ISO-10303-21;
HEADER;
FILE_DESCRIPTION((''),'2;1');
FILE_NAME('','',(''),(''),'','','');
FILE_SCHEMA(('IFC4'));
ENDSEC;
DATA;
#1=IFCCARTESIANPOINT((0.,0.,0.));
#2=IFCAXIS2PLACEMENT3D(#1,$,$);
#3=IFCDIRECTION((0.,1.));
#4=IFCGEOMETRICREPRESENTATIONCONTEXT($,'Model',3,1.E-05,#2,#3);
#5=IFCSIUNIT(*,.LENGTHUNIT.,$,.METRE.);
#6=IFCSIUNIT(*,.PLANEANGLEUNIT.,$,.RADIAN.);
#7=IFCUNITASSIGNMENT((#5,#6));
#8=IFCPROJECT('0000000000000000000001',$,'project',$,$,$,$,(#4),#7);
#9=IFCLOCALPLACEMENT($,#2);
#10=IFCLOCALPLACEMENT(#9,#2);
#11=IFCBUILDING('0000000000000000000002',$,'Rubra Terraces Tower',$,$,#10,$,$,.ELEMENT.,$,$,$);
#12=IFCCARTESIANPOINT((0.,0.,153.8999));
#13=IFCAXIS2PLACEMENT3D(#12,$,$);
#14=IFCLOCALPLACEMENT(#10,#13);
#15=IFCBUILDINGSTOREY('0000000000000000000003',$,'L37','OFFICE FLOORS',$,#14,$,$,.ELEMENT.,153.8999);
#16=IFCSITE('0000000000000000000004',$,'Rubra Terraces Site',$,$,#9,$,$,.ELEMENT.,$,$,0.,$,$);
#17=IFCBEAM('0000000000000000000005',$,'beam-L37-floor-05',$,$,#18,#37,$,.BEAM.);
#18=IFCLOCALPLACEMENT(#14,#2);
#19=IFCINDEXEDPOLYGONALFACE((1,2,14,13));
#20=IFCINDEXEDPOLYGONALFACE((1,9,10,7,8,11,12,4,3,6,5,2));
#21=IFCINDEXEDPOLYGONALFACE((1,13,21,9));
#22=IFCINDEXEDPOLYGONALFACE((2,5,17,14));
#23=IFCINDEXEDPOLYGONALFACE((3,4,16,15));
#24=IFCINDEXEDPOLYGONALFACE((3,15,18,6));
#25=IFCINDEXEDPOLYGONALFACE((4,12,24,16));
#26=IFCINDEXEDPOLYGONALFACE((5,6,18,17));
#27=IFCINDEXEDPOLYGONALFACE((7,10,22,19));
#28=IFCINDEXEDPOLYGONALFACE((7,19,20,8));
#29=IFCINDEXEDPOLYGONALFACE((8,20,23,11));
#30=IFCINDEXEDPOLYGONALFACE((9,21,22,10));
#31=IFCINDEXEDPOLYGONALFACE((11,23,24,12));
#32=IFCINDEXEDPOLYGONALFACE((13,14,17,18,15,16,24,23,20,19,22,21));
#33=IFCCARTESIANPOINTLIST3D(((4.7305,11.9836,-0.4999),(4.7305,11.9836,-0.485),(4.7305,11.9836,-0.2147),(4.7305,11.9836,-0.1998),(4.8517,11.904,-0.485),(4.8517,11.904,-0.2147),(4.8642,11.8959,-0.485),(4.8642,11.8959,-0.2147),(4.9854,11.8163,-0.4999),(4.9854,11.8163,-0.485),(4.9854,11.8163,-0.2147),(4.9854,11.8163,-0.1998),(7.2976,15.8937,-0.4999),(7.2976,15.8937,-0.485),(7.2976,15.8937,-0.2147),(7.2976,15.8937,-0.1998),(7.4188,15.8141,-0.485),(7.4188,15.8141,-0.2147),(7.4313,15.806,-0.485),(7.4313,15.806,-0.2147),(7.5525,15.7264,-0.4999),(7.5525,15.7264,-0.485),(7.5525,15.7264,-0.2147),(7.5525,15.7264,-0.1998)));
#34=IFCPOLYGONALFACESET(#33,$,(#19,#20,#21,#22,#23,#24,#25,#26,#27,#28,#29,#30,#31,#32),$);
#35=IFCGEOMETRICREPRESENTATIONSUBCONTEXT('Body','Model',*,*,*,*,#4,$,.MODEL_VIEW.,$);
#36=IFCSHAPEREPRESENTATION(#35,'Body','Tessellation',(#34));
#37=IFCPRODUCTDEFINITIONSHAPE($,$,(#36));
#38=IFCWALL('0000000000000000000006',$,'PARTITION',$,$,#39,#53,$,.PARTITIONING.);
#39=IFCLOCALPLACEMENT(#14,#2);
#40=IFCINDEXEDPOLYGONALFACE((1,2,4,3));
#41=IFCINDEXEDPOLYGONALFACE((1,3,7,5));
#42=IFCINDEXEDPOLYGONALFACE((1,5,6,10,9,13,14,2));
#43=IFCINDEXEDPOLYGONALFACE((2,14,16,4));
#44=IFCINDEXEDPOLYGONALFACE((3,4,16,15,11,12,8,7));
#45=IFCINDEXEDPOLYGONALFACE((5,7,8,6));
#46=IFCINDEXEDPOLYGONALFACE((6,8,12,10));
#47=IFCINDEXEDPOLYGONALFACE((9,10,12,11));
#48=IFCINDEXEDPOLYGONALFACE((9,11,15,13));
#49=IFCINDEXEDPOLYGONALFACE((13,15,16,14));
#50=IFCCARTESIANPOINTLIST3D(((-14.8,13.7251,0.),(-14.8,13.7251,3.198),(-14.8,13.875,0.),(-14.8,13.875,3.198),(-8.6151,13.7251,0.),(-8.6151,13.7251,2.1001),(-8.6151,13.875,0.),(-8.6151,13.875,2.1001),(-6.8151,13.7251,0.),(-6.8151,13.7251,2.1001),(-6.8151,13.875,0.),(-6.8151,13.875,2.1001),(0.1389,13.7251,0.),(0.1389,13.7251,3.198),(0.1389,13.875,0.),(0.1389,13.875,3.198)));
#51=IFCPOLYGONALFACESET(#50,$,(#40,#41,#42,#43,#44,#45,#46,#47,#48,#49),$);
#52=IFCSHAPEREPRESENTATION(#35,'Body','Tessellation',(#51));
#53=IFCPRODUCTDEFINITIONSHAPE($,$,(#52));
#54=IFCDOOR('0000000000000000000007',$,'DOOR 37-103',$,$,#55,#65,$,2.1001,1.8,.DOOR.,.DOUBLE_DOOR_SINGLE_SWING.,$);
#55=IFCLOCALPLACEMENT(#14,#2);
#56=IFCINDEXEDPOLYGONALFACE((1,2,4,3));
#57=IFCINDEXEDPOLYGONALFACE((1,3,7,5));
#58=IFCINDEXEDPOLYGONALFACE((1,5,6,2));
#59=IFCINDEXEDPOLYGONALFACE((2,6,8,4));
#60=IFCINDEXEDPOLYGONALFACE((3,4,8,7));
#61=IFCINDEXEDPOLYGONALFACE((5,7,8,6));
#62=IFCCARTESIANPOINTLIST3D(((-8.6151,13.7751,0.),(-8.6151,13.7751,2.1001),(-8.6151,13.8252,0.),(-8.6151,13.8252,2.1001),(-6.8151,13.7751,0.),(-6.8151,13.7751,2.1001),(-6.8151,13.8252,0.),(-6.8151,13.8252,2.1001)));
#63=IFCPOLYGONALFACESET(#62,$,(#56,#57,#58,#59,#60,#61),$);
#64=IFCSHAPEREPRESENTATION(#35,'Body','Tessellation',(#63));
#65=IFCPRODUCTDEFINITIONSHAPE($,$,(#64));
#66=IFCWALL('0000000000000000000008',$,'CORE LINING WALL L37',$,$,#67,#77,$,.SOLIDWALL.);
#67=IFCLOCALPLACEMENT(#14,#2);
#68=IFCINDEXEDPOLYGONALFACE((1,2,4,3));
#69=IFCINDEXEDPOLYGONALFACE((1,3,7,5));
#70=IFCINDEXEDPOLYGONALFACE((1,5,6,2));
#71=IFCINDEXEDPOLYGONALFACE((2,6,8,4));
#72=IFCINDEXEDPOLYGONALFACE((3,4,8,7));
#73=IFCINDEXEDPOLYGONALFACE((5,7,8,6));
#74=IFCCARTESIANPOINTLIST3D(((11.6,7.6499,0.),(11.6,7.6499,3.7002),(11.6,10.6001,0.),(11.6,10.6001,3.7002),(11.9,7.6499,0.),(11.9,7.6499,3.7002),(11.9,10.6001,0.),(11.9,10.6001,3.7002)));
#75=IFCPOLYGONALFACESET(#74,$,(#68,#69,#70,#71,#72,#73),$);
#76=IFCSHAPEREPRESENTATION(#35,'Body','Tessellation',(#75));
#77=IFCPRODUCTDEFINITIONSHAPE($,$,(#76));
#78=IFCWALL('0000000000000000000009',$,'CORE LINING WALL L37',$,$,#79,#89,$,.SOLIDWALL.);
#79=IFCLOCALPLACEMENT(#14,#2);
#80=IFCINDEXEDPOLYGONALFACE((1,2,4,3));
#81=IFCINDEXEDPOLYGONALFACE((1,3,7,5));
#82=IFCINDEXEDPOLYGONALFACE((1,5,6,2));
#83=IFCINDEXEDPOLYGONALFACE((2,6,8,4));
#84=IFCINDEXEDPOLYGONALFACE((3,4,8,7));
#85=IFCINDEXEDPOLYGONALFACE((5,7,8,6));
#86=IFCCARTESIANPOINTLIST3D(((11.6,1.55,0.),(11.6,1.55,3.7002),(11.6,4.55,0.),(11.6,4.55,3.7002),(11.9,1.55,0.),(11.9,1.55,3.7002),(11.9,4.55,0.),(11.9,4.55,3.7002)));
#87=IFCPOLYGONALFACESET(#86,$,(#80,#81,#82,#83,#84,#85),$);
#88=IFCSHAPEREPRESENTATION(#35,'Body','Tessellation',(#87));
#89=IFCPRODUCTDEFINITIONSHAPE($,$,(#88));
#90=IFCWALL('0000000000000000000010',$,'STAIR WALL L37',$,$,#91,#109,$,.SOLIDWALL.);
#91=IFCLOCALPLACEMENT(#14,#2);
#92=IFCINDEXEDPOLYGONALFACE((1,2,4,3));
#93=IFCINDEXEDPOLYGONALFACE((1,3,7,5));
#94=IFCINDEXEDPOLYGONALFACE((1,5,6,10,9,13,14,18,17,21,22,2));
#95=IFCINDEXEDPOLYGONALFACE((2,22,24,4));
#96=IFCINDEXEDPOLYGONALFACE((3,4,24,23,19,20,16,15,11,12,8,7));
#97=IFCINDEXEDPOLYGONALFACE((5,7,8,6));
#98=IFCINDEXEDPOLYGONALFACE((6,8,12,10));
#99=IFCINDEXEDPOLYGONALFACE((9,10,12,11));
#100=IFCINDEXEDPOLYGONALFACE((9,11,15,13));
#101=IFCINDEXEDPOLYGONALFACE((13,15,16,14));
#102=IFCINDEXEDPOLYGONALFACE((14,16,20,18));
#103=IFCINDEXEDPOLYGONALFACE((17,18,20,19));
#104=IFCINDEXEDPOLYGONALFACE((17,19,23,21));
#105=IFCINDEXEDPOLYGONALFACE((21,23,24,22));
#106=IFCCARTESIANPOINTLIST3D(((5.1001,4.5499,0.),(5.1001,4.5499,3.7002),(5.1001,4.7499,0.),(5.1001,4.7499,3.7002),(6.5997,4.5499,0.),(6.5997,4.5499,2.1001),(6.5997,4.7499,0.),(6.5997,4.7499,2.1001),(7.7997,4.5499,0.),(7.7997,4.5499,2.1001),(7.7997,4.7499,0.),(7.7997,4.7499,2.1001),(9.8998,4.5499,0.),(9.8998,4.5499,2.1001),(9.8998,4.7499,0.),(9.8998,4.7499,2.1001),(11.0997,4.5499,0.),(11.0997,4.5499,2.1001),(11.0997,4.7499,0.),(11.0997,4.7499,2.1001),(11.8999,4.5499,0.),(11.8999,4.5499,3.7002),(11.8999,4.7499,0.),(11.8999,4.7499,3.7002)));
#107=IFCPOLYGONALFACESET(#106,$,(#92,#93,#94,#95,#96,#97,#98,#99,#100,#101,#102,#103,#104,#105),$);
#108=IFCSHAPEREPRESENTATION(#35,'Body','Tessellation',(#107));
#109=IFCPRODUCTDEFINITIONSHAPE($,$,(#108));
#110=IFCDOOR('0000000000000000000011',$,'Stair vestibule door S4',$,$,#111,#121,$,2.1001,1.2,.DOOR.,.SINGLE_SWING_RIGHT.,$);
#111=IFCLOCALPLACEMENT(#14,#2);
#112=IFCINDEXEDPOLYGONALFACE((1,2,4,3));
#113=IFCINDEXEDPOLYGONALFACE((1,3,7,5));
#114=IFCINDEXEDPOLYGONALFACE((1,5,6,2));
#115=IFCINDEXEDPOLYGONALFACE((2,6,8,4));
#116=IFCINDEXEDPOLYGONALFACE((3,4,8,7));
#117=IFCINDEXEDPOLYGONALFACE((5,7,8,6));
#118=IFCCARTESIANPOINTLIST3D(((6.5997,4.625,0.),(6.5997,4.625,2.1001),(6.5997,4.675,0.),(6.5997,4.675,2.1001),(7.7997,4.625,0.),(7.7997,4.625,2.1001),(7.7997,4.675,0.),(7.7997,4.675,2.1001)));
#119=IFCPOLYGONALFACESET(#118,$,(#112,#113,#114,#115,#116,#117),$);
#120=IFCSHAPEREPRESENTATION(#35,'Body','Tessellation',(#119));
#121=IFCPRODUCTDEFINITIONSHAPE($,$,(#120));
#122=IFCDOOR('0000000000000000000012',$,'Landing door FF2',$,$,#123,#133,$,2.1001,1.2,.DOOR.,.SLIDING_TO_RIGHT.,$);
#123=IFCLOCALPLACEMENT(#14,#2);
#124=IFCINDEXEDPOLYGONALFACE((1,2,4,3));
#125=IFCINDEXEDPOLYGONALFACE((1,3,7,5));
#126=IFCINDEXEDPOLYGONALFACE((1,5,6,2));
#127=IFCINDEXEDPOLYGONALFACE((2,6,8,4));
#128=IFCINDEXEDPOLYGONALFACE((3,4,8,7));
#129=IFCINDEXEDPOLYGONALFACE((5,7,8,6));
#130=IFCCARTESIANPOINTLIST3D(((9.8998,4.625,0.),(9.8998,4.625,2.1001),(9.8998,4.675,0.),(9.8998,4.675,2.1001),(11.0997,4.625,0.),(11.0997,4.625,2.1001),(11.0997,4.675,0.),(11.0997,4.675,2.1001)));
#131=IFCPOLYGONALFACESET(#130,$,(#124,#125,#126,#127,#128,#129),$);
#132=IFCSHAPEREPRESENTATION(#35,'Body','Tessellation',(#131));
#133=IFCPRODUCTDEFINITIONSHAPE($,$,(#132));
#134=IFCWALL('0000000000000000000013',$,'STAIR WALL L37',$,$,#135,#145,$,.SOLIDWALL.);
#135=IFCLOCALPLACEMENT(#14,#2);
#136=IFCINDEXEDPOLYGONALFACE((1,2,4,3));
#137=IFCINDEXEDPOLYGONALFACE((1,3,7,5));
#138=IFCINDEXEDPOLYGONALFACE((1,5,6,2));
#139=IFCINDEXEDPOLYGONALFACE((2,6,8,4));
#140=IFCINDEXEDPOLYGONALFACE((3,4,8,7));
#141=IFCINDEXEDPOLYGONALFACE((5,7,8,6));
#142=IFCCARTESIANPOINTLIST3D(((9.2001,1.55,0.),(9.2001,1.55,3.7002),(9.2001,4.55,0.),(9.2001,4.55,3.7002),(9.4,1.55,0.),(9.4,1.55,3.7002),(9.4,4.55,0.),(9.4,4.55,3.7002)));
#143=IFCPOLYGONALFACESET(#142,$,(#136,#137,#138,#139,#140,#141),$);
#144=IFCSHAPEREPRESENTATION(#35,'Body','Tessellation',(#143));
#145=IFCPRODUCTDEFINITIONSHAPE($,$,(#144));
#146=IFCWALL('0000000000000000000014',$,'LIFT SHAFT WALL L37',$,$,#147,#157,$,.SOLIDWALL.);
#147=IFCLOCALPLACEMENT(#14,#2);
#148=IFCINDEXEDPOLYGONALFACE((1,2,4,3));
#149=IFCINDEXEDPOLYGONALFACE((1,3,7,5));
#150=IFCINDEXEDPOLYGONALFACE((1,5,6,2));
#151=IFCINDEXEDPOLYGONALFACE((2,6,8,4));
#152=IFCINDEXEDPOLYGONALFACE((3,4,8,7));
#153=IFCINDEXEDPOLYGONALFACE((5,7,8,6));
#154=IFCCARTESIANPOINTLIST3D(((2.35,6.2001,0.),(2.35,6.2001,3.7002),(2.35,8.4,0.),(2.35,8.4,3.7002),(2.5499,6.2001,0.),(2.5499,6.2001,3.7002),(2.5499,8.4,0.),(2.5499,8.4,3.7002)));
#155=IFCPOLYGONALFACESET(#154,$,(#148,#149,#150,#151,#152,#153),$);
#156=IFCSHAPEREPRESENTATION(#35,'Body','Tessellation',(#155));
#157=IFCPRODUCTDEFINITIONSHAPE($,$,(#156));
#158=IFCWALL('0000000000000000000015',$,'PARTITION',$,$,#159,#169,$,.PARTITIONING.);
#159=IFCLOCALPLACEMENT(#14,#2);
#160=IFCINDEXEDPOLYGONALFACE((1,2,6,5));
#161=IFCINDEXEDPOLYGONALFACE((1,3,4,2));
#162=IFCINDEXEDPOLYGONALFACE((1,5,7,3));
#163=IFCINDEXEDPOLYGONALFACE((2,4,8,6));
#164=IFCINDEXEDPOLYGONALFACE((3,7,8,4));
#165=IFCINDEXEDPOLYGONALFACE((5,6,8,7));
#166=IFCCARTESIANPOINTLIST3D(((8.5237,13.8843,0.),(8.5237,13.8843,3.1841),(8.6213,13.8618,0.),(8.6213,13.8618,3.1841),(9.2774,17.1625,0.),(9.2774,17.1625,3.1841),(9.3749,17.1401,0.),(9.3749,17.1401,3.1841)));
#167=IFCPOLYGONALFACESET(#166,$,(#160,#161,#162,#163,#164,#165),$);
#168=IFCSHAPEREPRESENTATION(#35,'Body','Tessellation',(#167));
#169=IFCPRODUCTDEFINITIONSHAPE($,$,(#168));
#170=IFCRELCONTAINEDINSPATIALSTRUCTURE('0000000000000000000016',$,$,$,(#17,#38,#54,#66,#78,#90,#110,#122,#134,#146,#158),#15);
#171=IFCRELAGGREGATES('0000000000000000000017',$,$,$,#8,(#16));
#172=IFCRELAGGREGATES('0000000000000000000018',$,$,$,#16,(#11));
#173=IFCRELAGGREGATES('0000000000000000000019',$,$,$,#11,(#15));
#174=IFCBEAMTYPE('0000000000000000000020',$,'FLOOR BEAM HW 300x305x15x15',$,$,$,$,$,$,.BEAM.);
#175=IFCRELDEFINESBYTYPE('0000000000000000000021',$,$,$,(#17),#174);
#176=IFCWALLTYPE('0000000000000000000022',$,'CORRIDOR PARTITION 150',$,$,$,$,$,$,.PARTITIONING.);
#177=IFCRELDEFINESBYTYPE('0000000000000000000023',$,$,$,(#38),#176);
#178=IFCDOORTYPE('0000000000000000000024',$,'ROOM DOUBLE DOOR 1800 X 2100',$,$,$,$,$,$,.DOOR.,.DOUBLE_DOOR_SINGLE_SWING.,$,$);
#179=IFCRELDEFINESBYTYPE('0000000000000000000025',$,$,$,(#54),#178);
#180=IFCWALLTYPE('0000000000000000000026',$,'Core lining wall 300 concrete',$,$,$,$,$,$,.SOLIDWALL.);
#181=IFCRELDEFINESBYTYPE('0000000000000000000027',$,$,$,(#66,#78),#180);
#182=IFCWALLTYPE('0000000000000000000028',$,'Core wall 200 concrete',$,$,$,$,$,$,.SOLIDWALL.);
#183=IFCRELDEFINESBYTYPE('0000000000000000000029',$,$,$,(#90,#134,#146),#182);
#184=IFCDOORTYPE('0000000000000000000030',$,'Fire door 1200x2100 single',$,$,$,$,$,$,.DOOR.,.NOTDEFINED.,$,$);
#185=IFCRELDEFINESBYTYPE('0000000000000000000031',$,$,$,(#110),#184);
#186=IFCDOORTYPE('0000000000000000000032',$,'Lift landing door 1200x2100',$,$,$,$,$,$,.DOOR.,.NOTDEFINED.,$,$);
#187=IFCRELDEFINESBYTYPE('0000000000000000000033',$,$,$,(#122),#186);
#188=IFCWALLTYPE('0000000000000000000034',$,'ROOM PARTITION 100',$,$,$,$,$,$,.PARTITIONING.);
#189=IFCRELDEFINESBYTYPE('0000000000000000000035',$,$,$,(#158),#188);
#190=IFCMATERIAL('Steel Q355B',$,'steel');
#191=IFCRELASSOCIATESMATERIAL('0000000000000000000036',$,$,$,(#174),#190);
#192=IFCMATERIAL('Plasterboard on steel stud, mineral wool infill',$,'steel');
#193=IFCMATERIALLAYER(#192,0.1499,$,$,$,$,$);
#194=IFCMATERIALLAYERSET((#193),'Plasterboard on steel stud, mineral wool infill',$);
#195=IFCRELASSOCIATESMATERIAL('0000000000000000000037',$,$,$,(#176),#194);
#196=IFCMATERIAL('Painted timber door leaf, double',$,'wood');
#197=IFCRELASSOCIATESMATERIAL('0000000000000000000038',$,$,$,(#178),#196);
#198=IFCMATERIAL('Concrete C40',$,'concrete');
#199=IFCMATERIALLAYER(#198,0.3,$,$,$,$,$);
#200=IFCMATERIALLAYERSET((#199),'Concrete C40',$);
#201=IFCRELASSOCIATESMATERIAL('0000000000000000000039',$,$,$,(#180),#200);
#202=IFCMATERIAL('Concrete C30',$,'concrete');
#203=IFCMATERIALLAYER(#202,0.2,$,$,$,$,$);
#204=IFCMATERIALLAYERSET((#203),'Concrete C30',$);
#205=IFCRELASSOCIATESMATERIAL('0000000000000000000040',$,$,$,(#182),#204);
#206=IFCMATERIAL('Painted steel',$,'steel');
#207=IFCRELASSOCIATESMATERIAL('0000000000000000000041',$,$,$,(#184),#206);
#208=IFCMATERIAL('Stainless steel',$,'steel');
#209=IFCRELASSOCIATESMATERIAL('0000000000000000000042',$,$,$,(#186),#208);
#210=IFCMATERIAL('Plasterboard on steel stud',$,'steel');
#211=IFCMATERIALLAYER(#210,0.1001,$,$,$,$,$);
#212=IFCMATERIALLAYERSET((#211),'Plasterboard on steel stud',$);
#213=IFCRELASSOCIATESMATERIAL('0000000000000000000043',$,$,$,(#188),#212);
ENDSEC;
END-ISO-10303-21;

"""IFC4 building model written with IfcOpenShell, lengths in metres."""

from ifc_helpers import new_model, si_unit, direction, frame, frame_2d, origin, origin_2d, place, context, subcontext, project, spatial, rectangle, i_section, extrude, material, layer, layer_set, material_profile, profile_set, type_object, element, fill, save


model = new_model("IFC4")

# Units and contexts
model_context = context("Model", 3, precision=1e-05, world=origin(), true_north=direction((0.0, 1.0)))
body_context = subcontext(model_context, "Body", "Model", "MODEL_VIEW")
ifc_project = project(units=[si_unit("LENGTHUNIT", "METRE"), si_unit("PLANEANGLEUNIT", "RADIAN")], contexts=[model_context])

# Site, building, storey
site_placement = place(None, origin())
site = spatial("IfcSite", under=ifc_project, at=site_placement, Name="Rubra Terraces Site", CompositionType="ELEMENT", RefElevation=0.0)
building_placement = place(site_placement, origin())
building = spatial("IfcBuilding", under=site, at=building_placement, Name="Rubra Terraces Tower", CompositionType="ELEMENT")
storey_placement = place(building_placement, frame((0.0, 0.0, 153.8999)))
storey = spatial("IfcBuildingStorey", under=building, at=storey_placement, Name="L37", Description="OFFICE FLOORS", CompositionType="ELEMENT", Elevation=153.8999)

# Beam
ifc_material_1 = material(Name="Steel Q355B", Category="steel")
ifc_material_profile = material_profile(ifc_material_1, i_section(OverallWidth=0.3049, OverallDepth=0.3, WebThickness=0.0149, FlangeThickness=0.0149, at=origin_2d()), Name="HW 300x305x15x15")
ifc_profile_set = profile_set([ifc_material_profile], Name="Steel Q355B")
beam_type = type_object("IfcBeamType", Name="FLOOR BEAM HW 300x305x15x15", PredefinedType="BEAM", material=ifc_profile_set)
beam_placement = place(storey_placement, frame((7.425, 15.8101, -0.3499), z_axis=(-0.548821, -0.83594, 0.0), x_axis=(0.83594, -0.548821, 0.0)))
element("IfcBeam", 1, at=beam_placement, inside=storey, type_object=beam_type, Name="beam-L37-floor-05", PredefinedType="BEAM", context=body_context, shape_type="SweptSolid", body=[
    extrude(i_section(OverallWidth=0.3049, OverallDepth=0.3, WebThickness=0.0149, FlangeThickness=0.0149, at=origin_2d()), origin(), (0.0, 0.0, 1.0), 4.6775),
])

# Wall, opening, door
ifc_material_2 = material(Name="Plasterboard on steel stud, mineral wool infill", Category="steel")
ifc_layer_1 = layer(ifc_material_2, 0.1499)
ifc_layer_set_1 = layer_set([ifc_layer_1], Name="Plasterboard on steel stud, mineral wool infill")
wall_type_1 = type_object("IfcWallType", Name="CORRIDOR PARTITION 150", PredefinedType="PARTITIONING", material=ifc_layer_set_1)
wall_1_placement = place(storey_placement, frame((0.1389, 13.8, 0.0), z_axis=(0.0, 0.0, 1.0), x_axis=(-1.0, 0.0, 0.0)))
wall_1 = element("IfcWall", 2, at=wall_1_placement, inside=storey, type_object=wall_type_1, Name="PARTITION", PredefinedType="PARTITIONING", context=body_context, shape_type="SweptSolid", body=[
    extrude(rectangle(XDim=14.939, YDim=0.1499, at=frame_2d((7.4695, 0.0))), origin(), (0.0, 0.0, 1.0), 3.198),
])
opening_1_placement = place(wall_1_placement, frame((6.9541, 0.0, 0.0)))
opening_1 = element("IfcOpeningElement", 3, at=opening_1_placement, cuts=wall_1, PredefinedType="OPENING", context=body_context, shape_type="SweptSolid", body=[
    extrude(rectangle(XDim=1.8, YDim=2.1001, at=frame_2d((0.8999, 1.05))), frame((0.0, 0.085, 0.0), z_axis=(0.0, -1.0, 0.0), x_axis=(1.0, 0.0, 0.0)), (0.0, 0.0, 1.0), 0.1699),
])
ifc_material_3 = material(Name="Painted timber door leaf, double", Category="wood")
door_type_1 = type_object("IfcDoorType", Name="ROOM DOUBLE DOOR 1800 X 2100", OperationType="DOUBLE_DOOR_SINGLE_SWING", PredefinedType="DOOR", material=ifc_material_3)
door_1_placement = place(opening_1_placement, origin())
door_1 = element("IfcDoor", 4, at=door_1_placement, inside=storey, type_object=door_type_1, Name="DOOR 37-103", OperationType="DOUBLE_DOOR_SINGLE_SWING", OverallHeight=2.1001, OverallWidth=1.8, PredefinedType="DOOR", context=body_context, shape_type="SweptSolid", body=[
    extrude(rectangle(XDim=1.8, YDim=2.1001, at=frame_2d((0.8999, 1.05))), frame((0.0, 0.0249, 0.0), z_axis=(0.0, -1.0, 0.0), x_axis=(1.0, 0.0, 0.0)), (0.0, 0.0, 1.0), 0.05),
])
fill(opening_1, door_1)

# Walls
ifc_material_4 = material(Name="Concrete C40", Category="concrete")
ifc_layer_2 = layer(ifc_material_4, 0.3)
ifc_layer_set_2 = layer_set([ifc_layer_2], Name="Concrete C40")
wall_type_2 = type_object("IfcWallType", Name="Core lining wall 300 concrete", PredefinedType="SOLIDWALL", material=ifc_layer_set_2)
wall_2_placement = place(storey_placement, frame((11.75, 10.6001, 0.0), z_axis=(0.0, 0.0, 1.0), x_axis=(0.0, -1.0, 0.0)))
element("IfcWall", 5, at=wall_2_placement, inside=storey, type_object=wall_type_2, Name="CORE LINING WALL L37", PredefinedType="SOLIDWALL", context=body_context, shape_type="SweptSolid", body=[
    extrude(rectangle(XDim=2.9502, YDim=0.3, at=frame_2d((1.4751, 0.0))), origin(), (0.0, 0.0, 1.0), 3.7002),
])
wall_3_placement = place(storey_placement, frame((11.75, 4.55, 0.0), z_axis=(0.0, 0.0, 1.0), x_axis=(0.0, -1.0, 0.0)))
element("IfcWall", 6, at=wall_3_placement, inside=storey, type_object=wall_type_2, Name="CORE LINING WALL L37", PredefinedType="SOLIDWALL", context=body_context, shape_type="SweptSolid", body=[
    extrude(rectangle(XDim=3.0, YDim=0.3, at=frame_2d((1.5, 0.0))), origin(), (0.0, 0.0, 1.0), 3.7002),
])

# Wall, openings, doors
ifc_material_5 = material(Name="Concrete C30", Category="concrete")
ifc_layer_3 = layer(ifc_material_5, 0.2)
ifc_layer_set_3 = layer_set([ifc_layer_3], Name="Concrete C30")
wall_type_3 = type_object("IfcWallType", Name="Core wall 200 concrete", PredefinedType="SOLIDWALL", material=ifc_layer_set_3)
wall_4_placement = place(storey_placement, frame((11.8999, 4.6499, 0.0), z_axis=(0.0, 0.0, 1.0), x_axis=(-1.0, 0.0, 0.0)))
wall_4 = element("IfcWall", 7, at=wall_4_placement, inside=storey, type_object=wall_type_3, Name="STAIR WALL L37", PredefinedType="SOLIDWALL", context=body_context, shape_type="SweptSolid", body=[
    extrude(rectangle(XDim=6.7998, YDim=0.2, at=frame_2d((3.3999, 0.0))), origin(), (0.0, 0.0, 1.0), 3.7002),
])
opening_2_placement = place(wall_4_placement, frame((4.1001, 0.0, 0.0)))
opening_2 = element("IfcOpeningElement", 8, at=opening_2_placement, cuts=wall_4, PredefinedType="OPENING", context=body_context, shape_type="SweptSolid", body=[
    extrude(rectangle(XDim=1.2, YDim=2.1001, at=frame_2d((0.6001, 1.05))), frame((0.0, 0.1099, 0.0), z_axis=(0.0, -1.0, 0.0), x_axis=(1.0, 0.0, 0.0)), (0.0, 0.0, 1.0), 0.22),
])
opening_3_placement = place(wall_4_placement, frame((0.8, 0.0, 0.0)))
opening_3 = element("IfcOpeningElement", 9, at=opening_3_placement, cuts=wall_4, PredefinedType="OPENING", context=body_context, shape_type="SweptSolid", body=[
    extrude(rectangle(XDim=1.2, YDim=2.1001, at=frame_2d((0.6001, 1.05))), frame((0.0, 0.1099, 0.0), z_axis=(0.0, -1.0, 0.0), x_axis=(1.0, 0.0, 0.0)), (0.0, 0.0, 1.0), 0.22),
])
ifc_material_6 = material(Name="Painted steel", Category="steel")
door_type_2 = type_object("IfcDoorType", Name="Fire door 1200x2100 single", OperationType="NOTDEFINED", PredefinedType="DOOR", material=ifc_material_6)
door_2_placement = place(opening_2_placement, origin())
door_2 = element("IfcDoor", 10, at=door_2_placement, inside=storey, type_object=door_type_2, Name="Stair vestibule door S4", OperationType="SINGLE_SWING_RIGHT", OverallHeight=2.1001, OverallWidth=1.2, PredefinedType="DOOR", context=body_context, shape_type="SweptSolid", body=[
    extrude(rectangle(XDim=1.2, YDim=2.1001, at=frame_2d((0.6001, 1.05))), frame((0.0, 0.0249, 0.0), z_axis=(0.0, -1.0, 0.0), x_axis=(1.0, 0.0, 0.0)), (0.0, 0.0, 1.0), 0.05),
])
fill(opening_2, door_2)
ifc_material_7 = material(Name="Stainless steel", Category="steel")
door_type_3 = type_object("IfcDoorType", Name="Lift landing door 1200x2100", OperationType="NOTDEFINED", PredefinedType="DOOR", material=ifc_material_7)
door_3_placement = place(opening_3_placement, origin())
door_3 = element("IfcDoor", 11, at=door_3_placement, inside=storey, type_object=door_type_3, Name="Landing door FF2", OperationType="SLIDING_TO_RIGHT", OverallHeight=2.1001, OverallWidth=1.2, PredefinedType="DOOR", context=body_context, shape_type="SweptSolid", body=[
    extrude(rectangle(XDim=1.2, YDim=2.1001, at=frame_2d((0.6001, 1.05))), frame((0.0, 0.0249, 0.0), z_axis=(0.0, -1.0, 0.0), x_axis=(1.0, 0.0, 0.0)), (0.0, 0.0, 1.0), 0.05),
])
fill(opening_3, door_3)

# Walls
wall_5_placement = place(storey_placement, frame((9.3, 4.55, 0.0), z_axis=(0.0, 0.0, 1.0), x_axis=(0.0, -1.0, 0.0)))
element("IfcWall", 12, at=wall_5_placement, inside=storey, type_object=wall_type_3, Name="STAIR WALL L37", PredefinedType="SOLIDWALL", context=body_context, shape_type="SweptSolid", body=[
    extrude(rectangle(XDim=3.0, YDim=0.2, at=frame_2d((1.5, 0.0))), origin(), (0.0, 0.0, 1.0), 3.7002),
])
wall_6_placement = place(storey_placement, frame((2.45, 6.2, 0.0), z_axis=(0.0, 0.0, 1.0), x_axis=(0.0, 1.0, 0.0)))
element("IfcWall", 13, at=wall_6_placement, inside=storey, type_object=wall_type_3, Name="LIFT SHAFT WALL L37", PredefinedType="SOLIDWALL", context=body_context, shape_type="SweptSolid", body=[
    extrude(rectangle(XDim=2.2, YDim=0.2, at=frame_2d((1.1001, 0.0))), origin(), (0.0, 0.0, 1.0), 3.7002),
])
ifc_material_8 = material(Name="Plasterboard on steel stud", Category="steel")
ifc_layer_4 = layer(ifc_material_8, 0.1001)
ifc_layer_set_4 = layer_set([ifc_layer_4], Name="Plasterboard on steel stud")
wall_type_4 = type_object("IfcWallType", Name="ROOM PARTITION 100", PredefinedType="PARTITIONING", material=ifc_layer_set_4)
wall_7_placement = place(storey_placement, frame((8.5725, 13.873, 0.0), z_axis=(0.0, 0.0, 1.0), x_axis=(0.224048, 0.974578, 0.0)))
element("IfcWall", 14, at=wall_7_placement, inside=storey, type_object=wall_type_4, Name="PARTITION", PredefinedType="PARTITIONING", context=body_context, shape_type="SweptSolid", body=[
    extrude(rectangle(XDim=3.3638, YDim=0.1001, at=frame_2d((1.6819, 0.0))), origin(), (0.0, 0.0, 1.0), 3.1841),
])

save(model, "model.ifc")
